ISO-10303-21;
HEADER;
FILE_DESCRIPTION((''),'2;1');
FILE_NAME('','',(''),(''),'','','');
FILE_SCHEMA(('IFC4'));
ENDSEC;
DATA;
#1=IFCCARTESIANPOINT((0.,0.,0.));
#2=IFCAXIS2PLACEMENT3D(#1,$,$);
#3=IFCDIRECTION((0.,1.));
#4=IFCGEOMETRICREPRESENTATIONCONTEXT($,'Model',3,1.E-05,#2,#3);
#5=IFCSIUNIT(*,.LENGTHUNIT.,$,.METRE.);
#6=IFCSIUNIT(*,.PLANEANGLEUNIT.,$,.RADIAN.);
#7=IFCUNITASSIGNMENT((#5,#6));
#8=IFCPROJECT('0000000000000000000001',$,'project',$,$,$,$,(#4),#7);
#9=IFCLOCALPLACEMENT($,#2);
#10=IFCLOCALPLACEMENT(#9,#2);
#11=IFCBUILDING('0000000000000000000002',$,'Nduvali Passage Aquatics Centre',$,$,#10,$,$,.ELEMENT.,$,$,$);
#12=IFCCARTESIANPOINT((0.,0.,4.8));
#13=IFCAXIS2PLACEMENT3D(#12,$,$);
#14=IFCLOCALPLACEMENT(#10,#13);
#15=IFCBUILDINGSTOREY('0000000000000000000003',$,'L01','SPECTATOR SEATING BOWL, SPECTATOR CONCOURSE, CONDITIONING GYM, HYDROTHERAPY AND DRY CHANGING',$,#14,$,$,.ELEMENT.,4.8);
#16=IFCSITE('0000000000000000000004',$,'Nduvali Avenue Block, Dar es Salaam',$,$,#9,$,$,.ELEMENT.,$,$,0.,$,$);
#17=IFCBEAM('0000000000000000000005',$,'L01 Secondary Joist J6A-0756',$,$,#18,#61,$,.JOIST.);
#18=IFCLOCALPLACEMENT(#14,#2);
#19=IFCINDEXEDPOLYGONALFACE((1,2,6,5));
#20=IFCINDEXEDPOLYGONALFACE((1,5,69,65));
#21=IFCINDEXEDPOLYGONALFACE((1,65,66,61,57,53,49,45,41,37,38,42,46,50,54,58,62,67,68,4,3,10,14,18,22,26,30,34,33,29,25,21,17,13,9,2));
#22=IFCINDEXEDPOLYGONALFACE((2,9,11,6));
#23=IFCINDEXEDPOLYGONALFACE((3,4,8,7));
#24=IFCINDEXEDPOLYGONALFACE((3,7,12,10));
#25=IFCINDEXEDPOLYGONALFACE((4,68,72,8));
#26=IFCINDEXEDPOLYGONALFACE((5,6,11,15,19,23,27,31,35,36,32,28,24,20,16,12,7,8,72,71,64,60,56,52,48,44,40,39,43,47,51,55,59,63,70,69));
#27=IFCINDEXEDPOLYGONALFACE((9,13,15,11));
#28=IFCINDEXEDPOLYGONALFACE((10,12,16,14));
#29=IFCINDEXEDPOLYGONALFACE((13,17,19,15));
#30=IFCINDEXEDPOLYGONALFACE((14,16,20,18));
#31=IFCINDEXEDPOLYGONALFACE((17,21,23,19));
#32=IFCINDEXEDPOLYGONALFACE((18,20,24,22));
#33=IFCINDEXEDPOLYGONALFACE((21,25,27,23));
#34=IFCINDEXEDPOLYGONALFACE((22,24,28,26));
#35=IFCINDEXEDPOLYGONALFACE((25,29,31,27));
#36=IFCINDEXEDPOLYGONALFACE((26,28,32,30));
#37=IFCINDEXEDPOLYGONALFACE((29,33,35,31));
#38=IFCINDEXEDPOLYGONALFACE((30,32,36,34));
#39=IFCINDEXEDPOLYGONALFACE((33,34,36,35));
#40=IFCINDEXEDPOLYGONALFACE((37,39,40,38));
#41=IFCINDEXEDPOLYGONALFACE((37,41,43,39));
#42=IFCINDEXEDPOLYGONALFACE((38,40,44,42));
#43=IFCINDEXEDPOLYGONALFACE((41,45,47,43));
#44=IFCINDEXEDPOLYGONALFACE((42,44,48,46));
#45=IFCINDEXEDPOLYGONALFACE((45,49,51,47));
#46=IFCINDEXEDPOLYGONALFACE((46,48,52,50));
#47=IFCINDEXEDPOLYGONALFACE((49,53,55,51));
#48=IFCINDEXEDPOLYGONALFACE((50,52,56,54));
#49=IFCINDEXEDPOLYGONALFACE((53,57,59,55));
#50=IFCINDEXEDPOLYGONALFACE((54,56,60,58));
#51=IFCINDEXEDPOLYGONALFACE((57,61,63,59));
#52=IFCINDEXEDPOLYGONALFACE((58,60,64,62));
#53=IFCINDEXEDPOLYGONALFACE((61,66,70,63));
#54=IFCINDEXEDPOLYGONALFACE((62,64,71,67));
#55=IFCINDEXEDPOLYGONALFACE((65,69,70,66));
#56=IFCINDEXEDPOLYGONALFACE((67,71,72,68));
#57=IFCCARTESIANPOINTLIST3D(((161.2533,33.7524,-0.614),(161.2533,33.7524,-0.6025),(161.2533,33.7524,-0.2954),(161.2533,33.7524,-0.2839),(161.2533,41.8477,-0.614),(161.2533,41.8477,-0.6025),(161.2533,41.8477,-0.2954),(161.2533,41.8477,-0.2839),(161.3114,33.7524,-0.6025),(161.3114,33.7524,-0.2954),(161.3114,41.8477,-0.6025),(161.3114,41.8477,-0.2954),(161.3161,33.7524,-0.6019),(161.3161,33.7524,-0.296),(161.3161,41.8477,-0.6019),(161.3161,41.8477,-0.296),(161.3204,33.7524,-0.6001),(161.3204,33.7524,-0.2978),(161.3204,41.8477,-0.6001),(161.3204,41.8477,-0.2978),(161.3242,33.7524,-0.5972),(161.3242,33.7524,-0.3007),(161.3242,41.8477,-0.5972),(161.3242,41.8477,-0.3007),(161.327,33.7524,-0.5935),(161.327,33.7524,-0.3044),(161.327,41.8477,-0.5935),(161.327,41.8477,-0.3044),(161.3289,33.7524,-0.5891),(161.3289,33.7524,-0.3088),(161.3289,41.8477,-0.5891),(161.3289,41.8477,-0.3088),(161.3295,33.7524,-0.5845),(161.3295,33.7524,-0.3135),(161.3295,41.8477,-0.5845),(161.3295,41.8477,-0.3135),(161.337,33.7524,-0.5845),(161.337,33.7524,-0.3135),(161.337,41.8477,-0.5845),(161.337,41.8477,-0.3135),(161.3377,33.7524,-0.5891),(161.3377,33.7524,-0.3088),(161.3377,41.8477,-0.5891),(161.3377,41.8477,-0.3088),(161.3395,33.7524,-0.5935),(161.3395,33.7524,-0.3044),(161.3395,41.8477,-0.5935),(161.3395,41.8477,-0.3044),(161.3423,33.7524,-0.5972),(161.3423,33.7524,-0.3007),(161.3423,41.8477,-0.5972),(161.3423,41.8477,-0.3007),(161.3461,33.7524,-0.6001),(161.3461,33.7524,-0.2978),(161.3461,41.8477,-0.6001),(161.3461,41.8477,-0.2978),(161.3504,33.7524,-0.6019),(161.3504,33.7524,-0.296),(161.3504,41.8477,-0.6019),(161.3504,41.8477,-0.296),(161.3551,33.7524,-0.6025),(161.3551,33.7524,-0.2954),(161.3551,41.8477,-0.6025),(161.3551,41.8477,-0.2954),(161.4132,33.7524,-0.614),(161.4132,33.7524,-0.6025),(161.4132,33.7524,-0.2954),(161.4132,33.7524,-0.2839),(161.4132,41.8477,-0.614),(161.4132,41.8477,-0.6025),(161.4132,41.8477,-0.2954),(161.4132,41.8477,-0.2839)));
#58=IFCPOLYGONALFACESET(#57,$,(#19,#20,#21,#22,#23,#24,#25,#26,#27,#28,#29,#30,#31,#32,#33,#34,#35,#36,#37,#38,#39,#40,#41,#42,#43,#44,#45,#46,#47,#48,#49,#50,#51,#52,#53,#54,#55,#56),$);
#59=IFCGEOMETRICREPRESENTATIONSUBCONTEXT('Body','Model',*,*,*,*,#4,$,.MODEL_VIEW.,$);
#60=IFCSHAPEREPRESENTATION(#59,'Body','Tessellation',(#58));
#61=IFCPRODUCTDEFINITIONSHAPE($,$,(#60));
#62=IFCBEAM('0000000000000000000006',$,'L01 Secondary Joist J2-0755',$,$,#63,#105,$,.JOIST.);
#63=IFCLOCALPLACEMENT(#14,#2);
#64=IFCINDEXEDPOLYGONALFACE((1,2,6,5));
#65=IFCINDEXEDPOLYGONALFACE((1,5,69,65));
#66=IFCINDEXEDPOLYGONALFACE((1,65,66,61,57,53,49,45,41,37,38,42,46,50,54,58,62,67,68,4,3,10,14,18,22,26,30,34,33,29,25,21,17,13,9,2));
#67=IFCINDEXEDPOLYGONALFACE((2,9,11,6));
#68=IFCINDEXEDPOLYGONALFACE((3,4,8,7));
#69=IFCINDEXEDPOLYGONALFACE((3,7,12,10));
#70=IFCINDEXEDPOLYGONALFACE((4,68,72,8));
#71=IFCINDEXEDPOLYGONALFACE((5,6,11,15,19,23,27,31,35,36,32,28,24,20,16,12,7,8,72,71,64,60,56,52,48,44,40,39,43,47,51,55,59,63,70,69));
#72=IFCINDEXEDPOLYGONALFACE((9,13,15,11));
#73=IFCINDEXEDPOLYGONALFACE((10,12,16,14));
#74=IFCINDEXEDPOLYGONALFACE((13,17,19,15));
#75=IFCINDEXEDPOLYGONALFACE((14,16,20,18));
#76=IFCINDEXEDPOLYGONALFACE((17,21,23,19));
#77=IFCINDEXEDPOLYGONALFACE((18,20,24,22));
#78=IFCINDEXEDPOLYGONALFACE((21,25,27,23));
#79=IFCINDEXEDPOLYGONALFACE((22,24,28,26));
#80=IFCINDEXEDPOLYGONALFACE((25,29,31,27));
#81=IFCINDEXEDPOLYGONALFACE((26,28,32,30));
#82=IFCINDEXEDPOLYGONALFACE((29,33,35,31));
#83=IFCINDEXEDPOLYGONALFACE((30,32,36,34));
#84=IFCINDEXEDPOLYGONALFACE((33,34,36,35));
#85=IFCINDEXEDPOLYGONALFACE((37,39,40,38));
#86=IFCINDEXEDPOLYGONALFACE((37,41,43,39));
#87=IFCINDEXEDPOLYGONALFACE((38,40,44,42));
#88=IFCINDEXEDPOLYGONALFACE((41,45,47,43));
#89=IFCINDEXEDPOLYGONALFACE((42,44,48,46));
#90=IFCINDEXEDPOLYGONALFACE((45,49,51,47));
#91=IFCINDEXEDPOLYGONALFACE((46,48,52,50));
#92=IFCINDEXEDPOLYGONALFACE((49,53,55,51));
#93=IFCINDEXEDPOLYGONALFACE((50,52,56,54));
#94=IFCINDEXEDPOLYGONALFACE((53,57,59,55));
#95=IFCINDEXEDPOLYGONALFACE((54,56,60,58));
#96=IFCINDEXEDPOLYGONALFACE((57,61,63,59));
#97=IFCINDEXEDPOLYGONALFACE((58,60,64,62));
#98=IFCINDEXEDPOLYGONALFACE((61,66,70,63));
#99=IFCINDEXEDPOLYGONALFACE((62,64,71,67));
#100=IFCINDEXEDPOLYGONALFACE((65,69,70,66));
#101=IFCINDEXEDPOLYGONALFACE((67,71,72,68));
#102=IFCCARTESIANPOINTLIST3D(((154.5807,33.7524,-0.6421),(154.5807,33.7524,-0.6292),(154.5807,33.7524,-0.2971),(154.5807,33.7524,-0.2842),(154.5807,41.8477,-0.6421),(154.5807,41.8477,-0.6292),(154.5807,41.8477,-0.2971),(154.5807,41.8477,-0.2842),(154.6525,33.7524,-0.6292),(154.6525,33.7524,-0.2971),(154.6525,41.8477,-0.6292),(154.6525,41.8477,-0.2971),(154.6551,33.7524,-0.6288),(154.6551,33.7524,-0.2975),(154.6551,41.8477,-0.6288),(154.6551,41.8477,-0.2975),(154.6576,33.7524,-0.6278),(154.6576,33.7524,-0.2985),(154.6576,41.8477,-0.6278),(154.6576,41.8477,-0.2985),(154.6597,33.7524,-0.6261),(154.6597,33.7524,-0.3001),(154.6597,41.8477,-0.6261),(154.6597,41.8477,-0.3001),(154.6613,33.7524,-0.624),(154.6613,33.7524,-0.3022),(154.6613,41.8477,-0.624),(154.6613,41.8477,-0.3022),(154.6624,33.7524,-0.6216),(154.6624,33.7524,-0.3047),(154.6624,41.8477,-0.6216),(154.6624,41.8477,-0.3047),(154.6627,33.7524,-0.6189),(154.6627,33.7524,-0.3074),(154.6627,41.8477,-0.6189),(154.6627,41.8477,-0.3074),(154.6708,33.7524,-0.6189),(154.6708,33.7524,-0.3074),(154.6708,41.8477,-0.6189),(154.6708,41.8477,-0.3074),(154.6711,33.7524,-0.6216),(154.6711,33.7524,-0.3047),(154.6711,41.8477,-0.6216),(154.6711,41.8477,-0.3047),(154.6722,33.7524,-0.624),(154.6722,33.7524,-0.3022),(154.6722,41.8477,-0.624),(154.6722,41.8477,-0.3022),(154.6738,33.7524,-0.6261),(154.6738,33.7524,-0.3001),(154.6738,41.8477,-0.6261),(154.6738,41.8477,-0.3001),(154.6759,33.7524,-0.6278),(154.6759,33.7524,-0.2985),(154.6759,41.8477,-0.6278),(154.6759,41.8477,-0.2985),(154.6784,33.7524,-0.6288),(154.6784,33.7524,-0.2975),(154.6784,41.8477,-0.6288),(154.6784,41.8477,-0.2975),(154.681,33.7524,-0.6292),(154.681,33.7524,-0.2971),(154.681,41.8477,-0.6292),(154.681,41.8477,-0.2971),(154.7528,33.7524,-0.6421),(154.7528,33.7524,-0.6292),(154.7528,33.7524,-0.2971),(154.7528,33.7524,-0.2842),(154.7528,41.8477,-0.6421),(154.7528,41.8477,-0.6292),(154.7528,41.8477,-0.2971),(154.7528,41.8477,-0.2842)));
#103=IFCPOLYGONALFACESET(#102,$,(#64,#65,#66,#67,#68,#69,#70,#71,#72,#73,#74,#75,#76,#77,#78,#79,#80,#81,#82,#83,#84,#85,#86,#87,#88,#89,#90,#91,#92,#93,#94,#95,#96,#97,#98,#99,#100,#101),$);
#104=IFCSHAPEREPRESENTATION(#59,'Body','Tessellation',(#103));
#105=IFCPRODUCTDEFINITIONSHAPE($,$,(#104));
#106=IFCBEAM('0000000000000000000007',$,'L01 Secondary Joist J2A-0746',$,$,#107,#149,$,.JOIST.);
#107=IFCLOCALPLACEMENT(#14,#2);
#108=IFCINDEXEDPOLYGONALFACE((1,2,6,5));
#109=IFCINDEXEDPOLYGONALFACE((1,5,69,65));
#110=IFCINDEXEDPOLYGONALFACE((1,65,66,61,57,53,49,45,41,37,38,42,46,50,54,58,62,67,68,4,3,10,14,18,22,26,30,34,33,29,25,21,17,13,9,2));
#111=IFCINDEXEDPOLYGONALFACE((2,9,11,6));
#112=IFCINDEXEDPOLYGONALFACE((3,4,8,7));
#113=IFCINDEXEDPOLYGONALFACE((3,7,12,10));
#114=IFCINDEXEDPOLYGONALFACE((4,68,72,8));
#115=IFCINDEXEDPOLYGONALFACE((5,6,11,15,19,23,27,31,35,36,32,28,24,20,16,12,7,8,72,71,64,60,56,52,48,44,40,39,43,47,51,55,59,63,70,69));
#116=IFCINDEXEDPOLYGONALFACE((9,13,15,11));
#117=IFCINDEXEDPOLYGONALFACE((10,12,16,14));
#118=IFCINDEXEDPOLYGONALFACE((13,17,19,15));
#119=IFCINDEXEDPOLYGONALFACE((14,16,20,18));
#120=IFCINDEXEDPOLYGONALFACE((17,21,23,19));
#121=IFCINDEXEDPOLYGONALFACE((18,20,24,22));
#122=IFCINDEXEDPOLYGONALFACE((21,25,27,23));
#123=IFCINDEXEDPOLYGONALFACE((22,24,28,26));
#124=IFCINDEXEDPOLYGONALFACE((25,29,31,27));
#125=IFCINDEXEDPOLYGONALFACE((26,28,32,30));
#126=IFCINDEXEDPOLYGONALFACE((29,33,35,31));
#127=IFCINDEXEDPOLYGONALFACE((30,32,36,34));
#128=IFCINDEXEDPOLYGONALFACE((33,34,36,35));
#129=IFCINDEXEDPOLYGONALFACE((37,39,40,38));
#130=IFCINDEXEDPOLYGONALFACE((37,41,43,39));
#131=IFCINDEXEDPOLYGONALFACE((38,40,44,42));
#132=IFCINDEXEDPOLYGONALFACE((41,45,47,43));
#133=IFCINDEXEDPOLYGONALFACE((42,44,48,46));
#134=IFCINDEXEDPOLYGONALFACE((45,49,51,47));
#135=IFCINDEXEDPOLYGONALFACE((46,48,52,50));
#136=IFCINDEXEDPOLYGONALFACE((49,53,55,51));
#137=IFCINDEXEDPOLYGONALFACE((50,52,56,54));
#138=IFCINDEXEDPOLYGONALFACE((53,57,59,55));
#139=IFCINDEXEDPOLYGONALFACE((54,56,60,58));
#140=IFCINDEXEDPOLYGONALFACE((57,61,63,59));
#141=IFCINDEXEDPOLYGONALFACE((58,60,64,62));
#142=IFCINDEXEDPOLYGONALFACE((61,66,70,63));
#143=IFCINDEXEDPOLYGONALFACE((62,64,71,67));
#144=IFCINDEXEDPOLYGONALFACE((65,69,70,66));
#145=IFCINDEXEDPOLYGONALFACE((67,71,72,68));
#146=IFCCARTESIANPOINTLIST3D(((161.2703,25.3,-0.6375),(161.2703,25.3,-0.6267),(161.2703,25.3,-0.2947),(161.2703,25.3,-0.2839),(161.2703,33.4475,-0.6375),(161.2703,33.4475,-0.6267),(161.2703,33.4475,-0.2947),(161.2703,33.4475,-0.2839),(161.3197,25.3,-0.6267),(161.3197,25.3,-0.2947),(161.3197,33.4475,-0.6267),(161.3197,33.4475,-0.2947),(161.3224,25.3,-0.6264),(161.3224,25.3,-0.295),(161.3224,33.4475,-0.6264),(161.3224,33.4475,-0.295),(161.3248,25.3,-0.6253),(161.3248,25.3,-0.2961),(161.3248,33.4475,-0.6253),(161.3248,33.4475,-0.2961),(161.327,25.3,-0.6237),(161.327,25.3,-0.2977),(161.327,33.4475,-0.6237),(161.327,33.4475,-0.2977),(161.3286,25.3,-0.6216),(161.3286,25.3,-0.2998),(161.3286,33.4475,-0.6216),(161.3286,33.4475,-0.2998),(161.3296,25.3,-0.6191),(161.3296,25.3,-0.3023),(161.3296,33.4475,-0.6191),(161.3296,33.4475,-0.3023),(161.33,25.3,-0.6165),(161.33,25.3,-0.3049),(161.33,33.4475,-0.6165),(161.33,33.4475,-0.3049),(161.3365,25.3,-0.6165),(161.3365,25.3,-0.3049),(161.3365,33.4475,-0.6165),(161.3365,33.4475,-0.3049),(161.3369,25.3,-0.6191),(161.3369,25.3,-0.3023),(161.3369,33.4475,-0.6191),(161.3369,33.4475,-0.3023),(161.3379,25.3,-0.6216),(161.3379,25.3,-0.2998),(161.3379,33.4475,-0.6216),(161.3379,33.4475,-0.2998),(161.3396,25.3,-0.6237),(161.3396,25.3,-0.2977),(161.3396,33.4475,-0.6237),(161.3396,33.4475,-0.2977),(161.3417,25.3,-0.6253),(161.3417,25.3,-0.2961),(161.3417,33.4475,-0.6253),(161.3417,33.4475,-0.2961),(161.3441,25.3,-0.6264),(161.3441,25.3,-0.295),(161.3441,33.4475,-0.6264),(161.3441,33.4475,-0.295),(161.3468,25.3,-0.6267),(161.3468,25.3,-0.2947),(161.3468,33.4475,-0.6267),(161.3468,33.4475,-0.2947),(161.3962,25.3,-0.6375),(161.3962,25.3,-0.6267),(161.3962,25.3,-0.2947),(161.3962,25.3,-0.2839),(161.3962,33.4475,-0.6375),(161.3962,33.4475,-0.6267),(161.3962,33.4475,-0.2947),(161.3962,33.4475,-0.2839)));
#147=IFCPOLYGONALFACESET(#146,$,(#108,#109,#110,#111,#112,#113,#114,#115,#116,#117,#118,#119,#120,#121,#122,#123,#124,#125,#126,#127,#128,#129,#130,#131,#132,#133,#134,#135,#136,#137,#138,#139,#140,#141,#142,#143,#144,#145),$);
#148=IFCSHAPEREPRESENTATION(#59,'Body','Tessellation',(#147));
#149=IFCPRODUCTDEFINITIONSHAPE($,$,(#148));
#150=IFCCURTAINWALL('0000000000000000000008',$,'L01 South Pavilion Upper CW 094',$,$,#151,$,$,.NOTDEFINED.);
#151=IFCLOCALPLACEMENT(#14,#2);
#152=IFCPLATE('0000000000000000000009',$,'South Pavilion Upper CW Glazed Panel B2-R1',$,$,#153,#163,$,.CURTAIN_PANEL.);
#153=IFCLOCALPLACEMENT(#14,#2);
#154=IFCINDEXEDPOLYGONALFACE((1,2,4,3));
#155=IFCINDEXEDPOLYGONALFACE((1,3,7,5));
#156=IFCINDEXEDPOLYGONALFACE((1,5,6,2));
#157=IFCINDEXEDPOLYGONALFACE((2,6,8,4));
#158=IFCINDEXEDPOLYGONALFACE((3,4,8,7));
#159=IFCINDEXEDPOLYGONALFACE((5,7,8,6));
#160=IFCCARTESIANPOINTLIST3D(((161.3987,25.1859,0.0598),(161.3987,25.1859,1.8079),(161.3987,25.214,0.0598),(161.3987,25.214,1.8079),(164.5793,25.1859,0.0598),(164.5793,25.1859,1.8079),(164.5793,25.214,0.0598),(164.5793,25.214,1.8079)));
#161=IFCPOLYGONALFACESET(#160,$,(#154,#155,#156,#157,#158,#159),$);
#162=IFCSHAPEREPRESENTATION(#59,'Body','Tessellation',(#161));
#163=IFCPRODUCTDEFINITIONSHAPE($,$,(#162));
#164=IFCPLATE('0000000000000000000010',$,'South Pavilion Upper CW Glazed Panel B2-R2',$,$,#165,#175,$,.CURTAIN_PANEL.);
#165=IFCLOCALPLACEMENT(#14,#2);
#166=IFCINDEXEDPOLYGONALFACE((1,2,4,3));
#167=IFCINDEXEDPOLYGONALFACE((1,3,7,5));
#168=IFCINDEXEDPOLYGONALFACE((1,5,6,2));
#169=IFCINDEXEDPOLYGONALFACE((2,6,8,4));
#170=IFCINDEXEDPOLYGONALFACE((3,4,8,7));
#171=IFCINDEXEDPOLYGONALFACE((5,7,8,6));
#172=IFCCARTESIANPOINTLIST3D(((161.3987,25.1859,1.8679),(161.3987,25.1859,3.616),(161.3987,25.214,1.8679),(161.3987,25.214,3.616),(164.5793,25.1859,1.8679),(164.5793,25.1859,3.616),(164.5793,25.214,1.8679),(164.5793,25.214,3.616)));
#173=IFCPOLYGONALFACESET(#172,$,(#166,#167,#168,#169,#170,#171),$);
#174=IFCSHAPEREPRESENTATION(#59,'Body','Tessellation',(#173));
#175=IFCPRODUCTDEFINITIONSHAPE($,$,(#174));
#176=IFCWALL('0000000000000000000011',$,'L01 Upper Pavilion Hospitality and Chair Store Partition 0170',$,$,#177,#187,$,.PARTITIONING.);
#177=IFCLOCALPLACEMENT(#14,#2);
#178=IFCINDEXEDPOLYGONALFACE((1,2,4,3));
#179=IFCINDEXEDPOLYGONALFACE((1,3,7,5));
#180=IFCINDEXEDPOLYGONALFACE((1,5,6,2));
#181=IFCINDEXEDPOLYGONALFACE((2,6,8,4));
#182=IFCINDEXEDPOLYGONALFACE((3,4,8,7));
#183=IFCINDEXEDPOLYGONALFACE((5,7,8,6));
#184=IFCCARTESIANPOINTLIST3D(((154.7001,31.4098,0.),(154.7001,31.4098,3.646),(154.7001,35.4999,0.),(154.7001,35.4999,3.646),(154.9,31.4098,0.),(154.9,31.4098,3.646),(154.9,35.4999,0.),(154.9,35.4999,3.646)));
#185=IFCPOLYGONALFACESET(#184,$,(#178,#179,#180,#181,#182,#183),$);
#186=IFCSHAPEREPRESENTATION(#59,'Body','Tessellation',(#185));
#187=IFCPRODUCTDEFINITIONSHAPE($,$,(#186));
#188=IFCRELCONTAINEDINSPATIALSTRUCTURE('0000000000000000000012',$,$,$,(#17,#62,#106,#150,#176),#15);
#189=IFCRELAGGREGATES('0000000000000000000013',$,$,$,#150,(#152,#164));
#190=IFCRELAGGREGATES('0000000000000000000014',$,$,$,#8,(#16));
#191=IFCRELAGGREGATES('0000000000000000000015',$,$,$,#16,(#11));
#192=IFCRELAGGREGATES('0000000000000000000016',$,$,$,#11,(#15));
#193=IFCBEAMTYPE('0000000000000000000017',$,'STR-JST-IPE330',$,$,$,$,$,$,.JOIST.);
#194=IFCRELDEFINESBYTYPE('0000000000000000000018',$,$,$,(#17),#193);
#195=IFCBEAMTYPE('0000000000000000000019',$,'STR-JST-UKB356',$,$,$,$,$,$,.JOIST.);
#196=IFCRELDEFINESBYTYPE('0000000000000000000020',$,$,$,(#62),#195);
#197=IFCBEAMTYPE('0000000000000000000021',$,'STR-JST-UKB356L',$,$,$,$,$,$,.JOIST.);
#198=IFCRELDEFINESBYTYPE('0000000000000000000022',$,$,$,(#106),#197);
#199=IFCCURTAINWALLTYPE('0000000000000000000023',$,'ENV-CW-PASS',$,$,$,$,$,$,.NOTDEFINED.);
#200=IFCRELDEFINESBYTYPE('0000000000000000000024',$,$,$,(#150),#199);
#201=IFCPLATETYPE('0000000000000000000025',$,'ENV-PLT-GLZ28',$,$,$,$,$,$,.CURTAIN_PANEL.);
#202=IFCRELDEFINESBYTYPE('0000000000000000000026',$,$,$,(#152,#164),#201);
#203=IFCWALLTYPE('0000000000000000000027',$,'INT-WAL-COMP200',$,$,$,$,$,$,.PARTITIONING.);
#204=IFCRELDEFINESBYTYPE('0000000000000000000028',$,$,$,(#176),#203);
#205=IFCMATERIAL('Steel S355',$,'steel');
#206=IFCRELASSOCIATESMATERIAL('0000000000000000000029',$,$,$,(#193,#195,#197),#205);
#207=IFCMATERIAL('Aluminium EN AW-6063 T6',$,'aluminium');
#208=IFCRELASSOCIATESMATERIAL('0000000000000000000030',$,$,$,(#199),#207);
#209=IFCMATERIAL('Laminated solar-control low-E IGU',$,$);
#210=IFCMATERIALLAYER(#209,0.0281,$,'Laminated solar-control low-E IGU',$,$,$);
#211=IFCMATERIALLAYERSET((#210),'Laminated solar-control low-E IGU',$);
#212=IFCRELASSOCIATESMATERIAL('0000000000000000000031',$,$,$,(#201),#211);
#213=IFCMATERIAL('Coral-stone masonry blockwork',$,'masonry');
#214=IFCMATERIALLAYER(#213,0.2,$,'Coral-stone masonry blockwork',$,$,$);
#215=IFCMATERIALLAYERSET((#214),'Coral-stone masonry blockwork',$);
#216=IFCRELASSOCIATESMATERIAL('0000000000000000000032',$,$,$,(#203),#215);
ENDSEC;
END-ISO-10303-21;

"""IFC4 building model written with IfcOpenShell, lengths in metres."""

from ifc_helpers import new_model, si_unit, direction, frame, frame_2d, origin, origin_2d, place, context, subcontext, project, spatial, rectangle, i_section, extrude, material, layer, layer_set, material_profile, profile_set, type_object, element, aggregate, save


model = new_model("IFC4")

# Units and contexts
model_context = context("Model", 3, precision=1e-05, world=origin(), true_north=direction((0.0, 1.0)))
body_context = subcontext(model_context, "Body", "Model", "MODEL_VIEW")
ifc_project = project(units=[si_unit("LENGTHUNIT", "METRE"), si_unit("PLANEANGLEUNIT", "RADIAN")], contexts=[model_context])

# Site, building, storey
site_placement = place(None, origin())
site = spatial("IfcSite", under=ifc_project, at=site_placement, Name="Nduvali Avenue Block, Dar es Salaam", CompositionType="ELEMENT", RefElevation=0.0)
building_placement = place(site_placement, origin())
building = spatial("IfcBuilding", under=site, at=building_placement, Name="Nduvali Passage Aquatics Centre", CompositionType="ELEMENT")
storey_placement = place(building_placement, frame((0.0, 0.0, 4.8)))
storey = spatial("IfcBuildingStorey", under=building, at=storey_placement, Name="L01", Description="SPECTATOR SEATING BOWL, SPECTATOR CONCOURSE, CONDITIONING GYM, HYDROTHERAPY AND DRY CHANGING", CompositionType="ELEMENT", Elevation=4.8)

# Shared definitions
ifc_material_1 = material(Name="Steel S355", Category="steel")

# Beams
ifc_material_profile_1 = material_profile(ifc_material_1, i_section(OverallWidth=0.1599, OverallDepth=0.3301, WebThickness=0.0076, FlangeThickness=0.0115, FilletRadius=0.0181, at=origin_2d()), Name="IPE 330")
ifc_profile_set_1 = profile_set([ifc_material_profile_1], Name="Steel S355")
beam_type_1 = type_object("IfcBeamType", Name="STR-JST-IPE330", PredefinedType="JOIST", material=ifc_profile_set_1)
beam_1_placement = place(storey_placement, frame((161.3333, 33.7524, -0.449), z_axis=(0.0, 1.0, 0.0), x_axis=(-1.0, 0.0, 0.0)))
element("IfcBeam", 1, at=beam_1_placement, inside=storey, type_object=beam_type_1, Name="L01 Secondary Joist J6A-0756", PredefinedType="JOIST", context=body_context, shape_type="SweptSolid", body=[
    extrude(i_section(OverallWidth=0.1599, OverallDepth=0.3301, WebThickness=0.0076, FlangeThickness=0.0115, FilletRadius=0.0181, at=origin_2d()), origin(), (0.0, 0.0, 1.0), 8.0952),
])
ifc_material_profile_2 = material_profile(ifc_material_1, i_section(OverallWidth=0.1721, OverallDepth=0.3579, WebThickness=0.0081, FlangeThickness=0.0129, FilletRadius=0.0103, at=origin_2d()), Name="UKB 356x171x57")
ifc_profile_set_2 = profile_set([ifc_material_profile_2], Name="Steel S355")
beam_type_2 = type_object("IfcBeamType", Name="STR-JST-UKB356", PredefinedType="JOIST", material=ifc_profile_set_2)
beam_2_placement = place(storey_placement, frame((154.6667, 33.7524, -0.4631), z_axis=(0.0, 1.0, 0.0), x_axis=(-1.0, 0.0, 0.0)))
element("IfcBeam", 2, at=beam_2_placement, inside=storey, type_object=beam_type_2, Name="L01 Secondary Joist J2-0755", PredefinedType="JOIST", context=body_context, shape_type="SweptSolid", body=[
    extrude(i_section(OverallWidth=0.1721, OverallDepth=0.3579, WebThickness=0.0081, FlangeThickness=0.0129, FilletRadius=0.0103, at=origin_2d()), origin(), (0.0, 0.0, 1.0), 8.0952),
])
ifc_material_profile_3 = material_profile(ifc_material_1, i_section(OverallWidth=0.126, OverallDepth=0.3535, WebThickness=0.0066, FlangeThickness=0.0107, FilletRadius=0.0103, at=origin_2d()), Name="UKB 356x127x39")
ifc_profile_set_3 = profile_set([ifc_material_profile_3], Name="Steel S355")
beam_type_3 = type_object("IfcBeamType", Name="STR-JST-UKB356L", PredefinedType="JOIST", material=ifc_profile_set_3)
beam_3_placement = place(storey_placement, frame((161.3333, 25.3, -0.4607), z_axis=(0.0, 1.0, 0.0), x_axis=(-1.0, 0.0, 0.0)))
element("IfcBeam", 3, at=beam_3_placement, inside=storey, type_object=beam_type_3, Name="L01 Secondary Joist J2A-0746", PredefinedType="JOIST", context=body_context, shape_type="SweptSolid", body=[
    extrude(i_section(OverallWidth=0.126, OverallDepth=0.3535, WebThickness=0.0066, FlangeThickness=0.0107, FilletRadius=0.0103, at=origin_2d()), origin(), (0.0, 0.0, 1.0), 8.1475),
])

# Curtain wall, plates
ifc_material_2 = material(Name="Aluminium EN AW-6063 T6", Category="aluminium")
curtain_wall_type = type_object("IfcCurtainWallType", Name="ENV-CW-PASS", PredefinedType="NOTDEFINED", material=ifc_material_2)
curtain_wall_placement = place(storey_placement, origin())
curtain_wall = element("IfcCurtainWall", 4, at=curtain_wall_placement, inside=storey, type_object=curtain_wall_type, Name="L01 South Pavilion Upper CW 094", PredefinedType="NOTDEFINED")
ifc_material_3 = material(Name="Laminated solar-control low-E IGU")
ifc_layer_1 = layer(ifc_material_3, 0.0281, Name="Laminated solar-control low-E IGU")
ifc_layer_set_1 = layer_set([ifc_layer_1], Name="Laminated solar-control low-E IGU")
plate_type = type_object("IfcPlateType", Name="ENV-PLT-GLZ28", PredefinedType="CURTAIN_PANEL", material=ifc_layer_set_1)
plate_1_placement = place(storey_placement, frame((162.989, 25.2, 0.0598), z_axis=(0.0, 0.0, 1.0), x_axis=(1.0, 0.0, 0.0)))
plate_1 = element("IfcPlate", 5, at=plate_1_placement, type_object=plate_type, Name="South Pavilion Upper CW Glazed Panel B2-R1", PredefinedType="CURTAIN_PANEL", context=body_context, shape_type="SweptSolid", body=[
    extrude(rectangle(XDim=3.1807, YDim=0.0281, at=origin_2d()), origin(), (0.0, 0.0, 1.0), 1.748),
])
plate_2_placement = place(storey_placement, frame((162.989, 25.2, 1.8679), z_axis=(0.0, 0.0, 1.0), x_axis=(1.0, 0.0, 0.0)))
plate_2 = element("IfcPlate", 6, at=plate_2_placement, type_object=plate_type, Name="South Pavilion Upper CW Glazed Panel B2-R2", PredefinedType="CURTAIN_PANEL", context=body_context, shape_type="SweptSolid", body=[
    extrude(rectangle(XDim=3.1807, YDim=0.0281, at=origin_2d()), origin(), (0.0, 0.0, 1.0), 1.748),
])
aggregate(curtain_wall, [plate_1, plate_2])

# Wall
ifc_material_4 = material(Name="Coral-stone masonry blockwork", Category="masonry")
ifc_layer_2 = layer(ifc_material_4, 0.2, Name="Coral-stone masonry blockwork")
ifc_layer_set_2 = layer_set([ifc_layer_2], Name="Coral-stone masonry blockwork")
wall_type_1 = type_object("IfcWallType", Name="INT-WAL-COMP200", PredefinedType="PARTITIONING", material=ifc_layer_set_2)
wall_1_placement = place(storey_placement, frame((154.8, 31.4099, 0.0), z_axis=(0.0, 0.0, 1.0), x_axis=(0.0, 1.0, 0.0)))
element("IfcWall", 7, at=wall_1_placement, inside=storey, type_object=wall_type_1, Name="L01 Upper Pavilion Hospitality and Chair Store Partition 0170", PredefinedType="PARTITIONING", context=body_context, shape_type="SweptSolid", body=[
    extrude(rectangle(XDim=4.0901, YDim=0.2, at=frame_2d((2.0449, 0.0))), origin(), (0.0, 0.0, 1.0), 3.646),
])

save(model, "model.ifc")
